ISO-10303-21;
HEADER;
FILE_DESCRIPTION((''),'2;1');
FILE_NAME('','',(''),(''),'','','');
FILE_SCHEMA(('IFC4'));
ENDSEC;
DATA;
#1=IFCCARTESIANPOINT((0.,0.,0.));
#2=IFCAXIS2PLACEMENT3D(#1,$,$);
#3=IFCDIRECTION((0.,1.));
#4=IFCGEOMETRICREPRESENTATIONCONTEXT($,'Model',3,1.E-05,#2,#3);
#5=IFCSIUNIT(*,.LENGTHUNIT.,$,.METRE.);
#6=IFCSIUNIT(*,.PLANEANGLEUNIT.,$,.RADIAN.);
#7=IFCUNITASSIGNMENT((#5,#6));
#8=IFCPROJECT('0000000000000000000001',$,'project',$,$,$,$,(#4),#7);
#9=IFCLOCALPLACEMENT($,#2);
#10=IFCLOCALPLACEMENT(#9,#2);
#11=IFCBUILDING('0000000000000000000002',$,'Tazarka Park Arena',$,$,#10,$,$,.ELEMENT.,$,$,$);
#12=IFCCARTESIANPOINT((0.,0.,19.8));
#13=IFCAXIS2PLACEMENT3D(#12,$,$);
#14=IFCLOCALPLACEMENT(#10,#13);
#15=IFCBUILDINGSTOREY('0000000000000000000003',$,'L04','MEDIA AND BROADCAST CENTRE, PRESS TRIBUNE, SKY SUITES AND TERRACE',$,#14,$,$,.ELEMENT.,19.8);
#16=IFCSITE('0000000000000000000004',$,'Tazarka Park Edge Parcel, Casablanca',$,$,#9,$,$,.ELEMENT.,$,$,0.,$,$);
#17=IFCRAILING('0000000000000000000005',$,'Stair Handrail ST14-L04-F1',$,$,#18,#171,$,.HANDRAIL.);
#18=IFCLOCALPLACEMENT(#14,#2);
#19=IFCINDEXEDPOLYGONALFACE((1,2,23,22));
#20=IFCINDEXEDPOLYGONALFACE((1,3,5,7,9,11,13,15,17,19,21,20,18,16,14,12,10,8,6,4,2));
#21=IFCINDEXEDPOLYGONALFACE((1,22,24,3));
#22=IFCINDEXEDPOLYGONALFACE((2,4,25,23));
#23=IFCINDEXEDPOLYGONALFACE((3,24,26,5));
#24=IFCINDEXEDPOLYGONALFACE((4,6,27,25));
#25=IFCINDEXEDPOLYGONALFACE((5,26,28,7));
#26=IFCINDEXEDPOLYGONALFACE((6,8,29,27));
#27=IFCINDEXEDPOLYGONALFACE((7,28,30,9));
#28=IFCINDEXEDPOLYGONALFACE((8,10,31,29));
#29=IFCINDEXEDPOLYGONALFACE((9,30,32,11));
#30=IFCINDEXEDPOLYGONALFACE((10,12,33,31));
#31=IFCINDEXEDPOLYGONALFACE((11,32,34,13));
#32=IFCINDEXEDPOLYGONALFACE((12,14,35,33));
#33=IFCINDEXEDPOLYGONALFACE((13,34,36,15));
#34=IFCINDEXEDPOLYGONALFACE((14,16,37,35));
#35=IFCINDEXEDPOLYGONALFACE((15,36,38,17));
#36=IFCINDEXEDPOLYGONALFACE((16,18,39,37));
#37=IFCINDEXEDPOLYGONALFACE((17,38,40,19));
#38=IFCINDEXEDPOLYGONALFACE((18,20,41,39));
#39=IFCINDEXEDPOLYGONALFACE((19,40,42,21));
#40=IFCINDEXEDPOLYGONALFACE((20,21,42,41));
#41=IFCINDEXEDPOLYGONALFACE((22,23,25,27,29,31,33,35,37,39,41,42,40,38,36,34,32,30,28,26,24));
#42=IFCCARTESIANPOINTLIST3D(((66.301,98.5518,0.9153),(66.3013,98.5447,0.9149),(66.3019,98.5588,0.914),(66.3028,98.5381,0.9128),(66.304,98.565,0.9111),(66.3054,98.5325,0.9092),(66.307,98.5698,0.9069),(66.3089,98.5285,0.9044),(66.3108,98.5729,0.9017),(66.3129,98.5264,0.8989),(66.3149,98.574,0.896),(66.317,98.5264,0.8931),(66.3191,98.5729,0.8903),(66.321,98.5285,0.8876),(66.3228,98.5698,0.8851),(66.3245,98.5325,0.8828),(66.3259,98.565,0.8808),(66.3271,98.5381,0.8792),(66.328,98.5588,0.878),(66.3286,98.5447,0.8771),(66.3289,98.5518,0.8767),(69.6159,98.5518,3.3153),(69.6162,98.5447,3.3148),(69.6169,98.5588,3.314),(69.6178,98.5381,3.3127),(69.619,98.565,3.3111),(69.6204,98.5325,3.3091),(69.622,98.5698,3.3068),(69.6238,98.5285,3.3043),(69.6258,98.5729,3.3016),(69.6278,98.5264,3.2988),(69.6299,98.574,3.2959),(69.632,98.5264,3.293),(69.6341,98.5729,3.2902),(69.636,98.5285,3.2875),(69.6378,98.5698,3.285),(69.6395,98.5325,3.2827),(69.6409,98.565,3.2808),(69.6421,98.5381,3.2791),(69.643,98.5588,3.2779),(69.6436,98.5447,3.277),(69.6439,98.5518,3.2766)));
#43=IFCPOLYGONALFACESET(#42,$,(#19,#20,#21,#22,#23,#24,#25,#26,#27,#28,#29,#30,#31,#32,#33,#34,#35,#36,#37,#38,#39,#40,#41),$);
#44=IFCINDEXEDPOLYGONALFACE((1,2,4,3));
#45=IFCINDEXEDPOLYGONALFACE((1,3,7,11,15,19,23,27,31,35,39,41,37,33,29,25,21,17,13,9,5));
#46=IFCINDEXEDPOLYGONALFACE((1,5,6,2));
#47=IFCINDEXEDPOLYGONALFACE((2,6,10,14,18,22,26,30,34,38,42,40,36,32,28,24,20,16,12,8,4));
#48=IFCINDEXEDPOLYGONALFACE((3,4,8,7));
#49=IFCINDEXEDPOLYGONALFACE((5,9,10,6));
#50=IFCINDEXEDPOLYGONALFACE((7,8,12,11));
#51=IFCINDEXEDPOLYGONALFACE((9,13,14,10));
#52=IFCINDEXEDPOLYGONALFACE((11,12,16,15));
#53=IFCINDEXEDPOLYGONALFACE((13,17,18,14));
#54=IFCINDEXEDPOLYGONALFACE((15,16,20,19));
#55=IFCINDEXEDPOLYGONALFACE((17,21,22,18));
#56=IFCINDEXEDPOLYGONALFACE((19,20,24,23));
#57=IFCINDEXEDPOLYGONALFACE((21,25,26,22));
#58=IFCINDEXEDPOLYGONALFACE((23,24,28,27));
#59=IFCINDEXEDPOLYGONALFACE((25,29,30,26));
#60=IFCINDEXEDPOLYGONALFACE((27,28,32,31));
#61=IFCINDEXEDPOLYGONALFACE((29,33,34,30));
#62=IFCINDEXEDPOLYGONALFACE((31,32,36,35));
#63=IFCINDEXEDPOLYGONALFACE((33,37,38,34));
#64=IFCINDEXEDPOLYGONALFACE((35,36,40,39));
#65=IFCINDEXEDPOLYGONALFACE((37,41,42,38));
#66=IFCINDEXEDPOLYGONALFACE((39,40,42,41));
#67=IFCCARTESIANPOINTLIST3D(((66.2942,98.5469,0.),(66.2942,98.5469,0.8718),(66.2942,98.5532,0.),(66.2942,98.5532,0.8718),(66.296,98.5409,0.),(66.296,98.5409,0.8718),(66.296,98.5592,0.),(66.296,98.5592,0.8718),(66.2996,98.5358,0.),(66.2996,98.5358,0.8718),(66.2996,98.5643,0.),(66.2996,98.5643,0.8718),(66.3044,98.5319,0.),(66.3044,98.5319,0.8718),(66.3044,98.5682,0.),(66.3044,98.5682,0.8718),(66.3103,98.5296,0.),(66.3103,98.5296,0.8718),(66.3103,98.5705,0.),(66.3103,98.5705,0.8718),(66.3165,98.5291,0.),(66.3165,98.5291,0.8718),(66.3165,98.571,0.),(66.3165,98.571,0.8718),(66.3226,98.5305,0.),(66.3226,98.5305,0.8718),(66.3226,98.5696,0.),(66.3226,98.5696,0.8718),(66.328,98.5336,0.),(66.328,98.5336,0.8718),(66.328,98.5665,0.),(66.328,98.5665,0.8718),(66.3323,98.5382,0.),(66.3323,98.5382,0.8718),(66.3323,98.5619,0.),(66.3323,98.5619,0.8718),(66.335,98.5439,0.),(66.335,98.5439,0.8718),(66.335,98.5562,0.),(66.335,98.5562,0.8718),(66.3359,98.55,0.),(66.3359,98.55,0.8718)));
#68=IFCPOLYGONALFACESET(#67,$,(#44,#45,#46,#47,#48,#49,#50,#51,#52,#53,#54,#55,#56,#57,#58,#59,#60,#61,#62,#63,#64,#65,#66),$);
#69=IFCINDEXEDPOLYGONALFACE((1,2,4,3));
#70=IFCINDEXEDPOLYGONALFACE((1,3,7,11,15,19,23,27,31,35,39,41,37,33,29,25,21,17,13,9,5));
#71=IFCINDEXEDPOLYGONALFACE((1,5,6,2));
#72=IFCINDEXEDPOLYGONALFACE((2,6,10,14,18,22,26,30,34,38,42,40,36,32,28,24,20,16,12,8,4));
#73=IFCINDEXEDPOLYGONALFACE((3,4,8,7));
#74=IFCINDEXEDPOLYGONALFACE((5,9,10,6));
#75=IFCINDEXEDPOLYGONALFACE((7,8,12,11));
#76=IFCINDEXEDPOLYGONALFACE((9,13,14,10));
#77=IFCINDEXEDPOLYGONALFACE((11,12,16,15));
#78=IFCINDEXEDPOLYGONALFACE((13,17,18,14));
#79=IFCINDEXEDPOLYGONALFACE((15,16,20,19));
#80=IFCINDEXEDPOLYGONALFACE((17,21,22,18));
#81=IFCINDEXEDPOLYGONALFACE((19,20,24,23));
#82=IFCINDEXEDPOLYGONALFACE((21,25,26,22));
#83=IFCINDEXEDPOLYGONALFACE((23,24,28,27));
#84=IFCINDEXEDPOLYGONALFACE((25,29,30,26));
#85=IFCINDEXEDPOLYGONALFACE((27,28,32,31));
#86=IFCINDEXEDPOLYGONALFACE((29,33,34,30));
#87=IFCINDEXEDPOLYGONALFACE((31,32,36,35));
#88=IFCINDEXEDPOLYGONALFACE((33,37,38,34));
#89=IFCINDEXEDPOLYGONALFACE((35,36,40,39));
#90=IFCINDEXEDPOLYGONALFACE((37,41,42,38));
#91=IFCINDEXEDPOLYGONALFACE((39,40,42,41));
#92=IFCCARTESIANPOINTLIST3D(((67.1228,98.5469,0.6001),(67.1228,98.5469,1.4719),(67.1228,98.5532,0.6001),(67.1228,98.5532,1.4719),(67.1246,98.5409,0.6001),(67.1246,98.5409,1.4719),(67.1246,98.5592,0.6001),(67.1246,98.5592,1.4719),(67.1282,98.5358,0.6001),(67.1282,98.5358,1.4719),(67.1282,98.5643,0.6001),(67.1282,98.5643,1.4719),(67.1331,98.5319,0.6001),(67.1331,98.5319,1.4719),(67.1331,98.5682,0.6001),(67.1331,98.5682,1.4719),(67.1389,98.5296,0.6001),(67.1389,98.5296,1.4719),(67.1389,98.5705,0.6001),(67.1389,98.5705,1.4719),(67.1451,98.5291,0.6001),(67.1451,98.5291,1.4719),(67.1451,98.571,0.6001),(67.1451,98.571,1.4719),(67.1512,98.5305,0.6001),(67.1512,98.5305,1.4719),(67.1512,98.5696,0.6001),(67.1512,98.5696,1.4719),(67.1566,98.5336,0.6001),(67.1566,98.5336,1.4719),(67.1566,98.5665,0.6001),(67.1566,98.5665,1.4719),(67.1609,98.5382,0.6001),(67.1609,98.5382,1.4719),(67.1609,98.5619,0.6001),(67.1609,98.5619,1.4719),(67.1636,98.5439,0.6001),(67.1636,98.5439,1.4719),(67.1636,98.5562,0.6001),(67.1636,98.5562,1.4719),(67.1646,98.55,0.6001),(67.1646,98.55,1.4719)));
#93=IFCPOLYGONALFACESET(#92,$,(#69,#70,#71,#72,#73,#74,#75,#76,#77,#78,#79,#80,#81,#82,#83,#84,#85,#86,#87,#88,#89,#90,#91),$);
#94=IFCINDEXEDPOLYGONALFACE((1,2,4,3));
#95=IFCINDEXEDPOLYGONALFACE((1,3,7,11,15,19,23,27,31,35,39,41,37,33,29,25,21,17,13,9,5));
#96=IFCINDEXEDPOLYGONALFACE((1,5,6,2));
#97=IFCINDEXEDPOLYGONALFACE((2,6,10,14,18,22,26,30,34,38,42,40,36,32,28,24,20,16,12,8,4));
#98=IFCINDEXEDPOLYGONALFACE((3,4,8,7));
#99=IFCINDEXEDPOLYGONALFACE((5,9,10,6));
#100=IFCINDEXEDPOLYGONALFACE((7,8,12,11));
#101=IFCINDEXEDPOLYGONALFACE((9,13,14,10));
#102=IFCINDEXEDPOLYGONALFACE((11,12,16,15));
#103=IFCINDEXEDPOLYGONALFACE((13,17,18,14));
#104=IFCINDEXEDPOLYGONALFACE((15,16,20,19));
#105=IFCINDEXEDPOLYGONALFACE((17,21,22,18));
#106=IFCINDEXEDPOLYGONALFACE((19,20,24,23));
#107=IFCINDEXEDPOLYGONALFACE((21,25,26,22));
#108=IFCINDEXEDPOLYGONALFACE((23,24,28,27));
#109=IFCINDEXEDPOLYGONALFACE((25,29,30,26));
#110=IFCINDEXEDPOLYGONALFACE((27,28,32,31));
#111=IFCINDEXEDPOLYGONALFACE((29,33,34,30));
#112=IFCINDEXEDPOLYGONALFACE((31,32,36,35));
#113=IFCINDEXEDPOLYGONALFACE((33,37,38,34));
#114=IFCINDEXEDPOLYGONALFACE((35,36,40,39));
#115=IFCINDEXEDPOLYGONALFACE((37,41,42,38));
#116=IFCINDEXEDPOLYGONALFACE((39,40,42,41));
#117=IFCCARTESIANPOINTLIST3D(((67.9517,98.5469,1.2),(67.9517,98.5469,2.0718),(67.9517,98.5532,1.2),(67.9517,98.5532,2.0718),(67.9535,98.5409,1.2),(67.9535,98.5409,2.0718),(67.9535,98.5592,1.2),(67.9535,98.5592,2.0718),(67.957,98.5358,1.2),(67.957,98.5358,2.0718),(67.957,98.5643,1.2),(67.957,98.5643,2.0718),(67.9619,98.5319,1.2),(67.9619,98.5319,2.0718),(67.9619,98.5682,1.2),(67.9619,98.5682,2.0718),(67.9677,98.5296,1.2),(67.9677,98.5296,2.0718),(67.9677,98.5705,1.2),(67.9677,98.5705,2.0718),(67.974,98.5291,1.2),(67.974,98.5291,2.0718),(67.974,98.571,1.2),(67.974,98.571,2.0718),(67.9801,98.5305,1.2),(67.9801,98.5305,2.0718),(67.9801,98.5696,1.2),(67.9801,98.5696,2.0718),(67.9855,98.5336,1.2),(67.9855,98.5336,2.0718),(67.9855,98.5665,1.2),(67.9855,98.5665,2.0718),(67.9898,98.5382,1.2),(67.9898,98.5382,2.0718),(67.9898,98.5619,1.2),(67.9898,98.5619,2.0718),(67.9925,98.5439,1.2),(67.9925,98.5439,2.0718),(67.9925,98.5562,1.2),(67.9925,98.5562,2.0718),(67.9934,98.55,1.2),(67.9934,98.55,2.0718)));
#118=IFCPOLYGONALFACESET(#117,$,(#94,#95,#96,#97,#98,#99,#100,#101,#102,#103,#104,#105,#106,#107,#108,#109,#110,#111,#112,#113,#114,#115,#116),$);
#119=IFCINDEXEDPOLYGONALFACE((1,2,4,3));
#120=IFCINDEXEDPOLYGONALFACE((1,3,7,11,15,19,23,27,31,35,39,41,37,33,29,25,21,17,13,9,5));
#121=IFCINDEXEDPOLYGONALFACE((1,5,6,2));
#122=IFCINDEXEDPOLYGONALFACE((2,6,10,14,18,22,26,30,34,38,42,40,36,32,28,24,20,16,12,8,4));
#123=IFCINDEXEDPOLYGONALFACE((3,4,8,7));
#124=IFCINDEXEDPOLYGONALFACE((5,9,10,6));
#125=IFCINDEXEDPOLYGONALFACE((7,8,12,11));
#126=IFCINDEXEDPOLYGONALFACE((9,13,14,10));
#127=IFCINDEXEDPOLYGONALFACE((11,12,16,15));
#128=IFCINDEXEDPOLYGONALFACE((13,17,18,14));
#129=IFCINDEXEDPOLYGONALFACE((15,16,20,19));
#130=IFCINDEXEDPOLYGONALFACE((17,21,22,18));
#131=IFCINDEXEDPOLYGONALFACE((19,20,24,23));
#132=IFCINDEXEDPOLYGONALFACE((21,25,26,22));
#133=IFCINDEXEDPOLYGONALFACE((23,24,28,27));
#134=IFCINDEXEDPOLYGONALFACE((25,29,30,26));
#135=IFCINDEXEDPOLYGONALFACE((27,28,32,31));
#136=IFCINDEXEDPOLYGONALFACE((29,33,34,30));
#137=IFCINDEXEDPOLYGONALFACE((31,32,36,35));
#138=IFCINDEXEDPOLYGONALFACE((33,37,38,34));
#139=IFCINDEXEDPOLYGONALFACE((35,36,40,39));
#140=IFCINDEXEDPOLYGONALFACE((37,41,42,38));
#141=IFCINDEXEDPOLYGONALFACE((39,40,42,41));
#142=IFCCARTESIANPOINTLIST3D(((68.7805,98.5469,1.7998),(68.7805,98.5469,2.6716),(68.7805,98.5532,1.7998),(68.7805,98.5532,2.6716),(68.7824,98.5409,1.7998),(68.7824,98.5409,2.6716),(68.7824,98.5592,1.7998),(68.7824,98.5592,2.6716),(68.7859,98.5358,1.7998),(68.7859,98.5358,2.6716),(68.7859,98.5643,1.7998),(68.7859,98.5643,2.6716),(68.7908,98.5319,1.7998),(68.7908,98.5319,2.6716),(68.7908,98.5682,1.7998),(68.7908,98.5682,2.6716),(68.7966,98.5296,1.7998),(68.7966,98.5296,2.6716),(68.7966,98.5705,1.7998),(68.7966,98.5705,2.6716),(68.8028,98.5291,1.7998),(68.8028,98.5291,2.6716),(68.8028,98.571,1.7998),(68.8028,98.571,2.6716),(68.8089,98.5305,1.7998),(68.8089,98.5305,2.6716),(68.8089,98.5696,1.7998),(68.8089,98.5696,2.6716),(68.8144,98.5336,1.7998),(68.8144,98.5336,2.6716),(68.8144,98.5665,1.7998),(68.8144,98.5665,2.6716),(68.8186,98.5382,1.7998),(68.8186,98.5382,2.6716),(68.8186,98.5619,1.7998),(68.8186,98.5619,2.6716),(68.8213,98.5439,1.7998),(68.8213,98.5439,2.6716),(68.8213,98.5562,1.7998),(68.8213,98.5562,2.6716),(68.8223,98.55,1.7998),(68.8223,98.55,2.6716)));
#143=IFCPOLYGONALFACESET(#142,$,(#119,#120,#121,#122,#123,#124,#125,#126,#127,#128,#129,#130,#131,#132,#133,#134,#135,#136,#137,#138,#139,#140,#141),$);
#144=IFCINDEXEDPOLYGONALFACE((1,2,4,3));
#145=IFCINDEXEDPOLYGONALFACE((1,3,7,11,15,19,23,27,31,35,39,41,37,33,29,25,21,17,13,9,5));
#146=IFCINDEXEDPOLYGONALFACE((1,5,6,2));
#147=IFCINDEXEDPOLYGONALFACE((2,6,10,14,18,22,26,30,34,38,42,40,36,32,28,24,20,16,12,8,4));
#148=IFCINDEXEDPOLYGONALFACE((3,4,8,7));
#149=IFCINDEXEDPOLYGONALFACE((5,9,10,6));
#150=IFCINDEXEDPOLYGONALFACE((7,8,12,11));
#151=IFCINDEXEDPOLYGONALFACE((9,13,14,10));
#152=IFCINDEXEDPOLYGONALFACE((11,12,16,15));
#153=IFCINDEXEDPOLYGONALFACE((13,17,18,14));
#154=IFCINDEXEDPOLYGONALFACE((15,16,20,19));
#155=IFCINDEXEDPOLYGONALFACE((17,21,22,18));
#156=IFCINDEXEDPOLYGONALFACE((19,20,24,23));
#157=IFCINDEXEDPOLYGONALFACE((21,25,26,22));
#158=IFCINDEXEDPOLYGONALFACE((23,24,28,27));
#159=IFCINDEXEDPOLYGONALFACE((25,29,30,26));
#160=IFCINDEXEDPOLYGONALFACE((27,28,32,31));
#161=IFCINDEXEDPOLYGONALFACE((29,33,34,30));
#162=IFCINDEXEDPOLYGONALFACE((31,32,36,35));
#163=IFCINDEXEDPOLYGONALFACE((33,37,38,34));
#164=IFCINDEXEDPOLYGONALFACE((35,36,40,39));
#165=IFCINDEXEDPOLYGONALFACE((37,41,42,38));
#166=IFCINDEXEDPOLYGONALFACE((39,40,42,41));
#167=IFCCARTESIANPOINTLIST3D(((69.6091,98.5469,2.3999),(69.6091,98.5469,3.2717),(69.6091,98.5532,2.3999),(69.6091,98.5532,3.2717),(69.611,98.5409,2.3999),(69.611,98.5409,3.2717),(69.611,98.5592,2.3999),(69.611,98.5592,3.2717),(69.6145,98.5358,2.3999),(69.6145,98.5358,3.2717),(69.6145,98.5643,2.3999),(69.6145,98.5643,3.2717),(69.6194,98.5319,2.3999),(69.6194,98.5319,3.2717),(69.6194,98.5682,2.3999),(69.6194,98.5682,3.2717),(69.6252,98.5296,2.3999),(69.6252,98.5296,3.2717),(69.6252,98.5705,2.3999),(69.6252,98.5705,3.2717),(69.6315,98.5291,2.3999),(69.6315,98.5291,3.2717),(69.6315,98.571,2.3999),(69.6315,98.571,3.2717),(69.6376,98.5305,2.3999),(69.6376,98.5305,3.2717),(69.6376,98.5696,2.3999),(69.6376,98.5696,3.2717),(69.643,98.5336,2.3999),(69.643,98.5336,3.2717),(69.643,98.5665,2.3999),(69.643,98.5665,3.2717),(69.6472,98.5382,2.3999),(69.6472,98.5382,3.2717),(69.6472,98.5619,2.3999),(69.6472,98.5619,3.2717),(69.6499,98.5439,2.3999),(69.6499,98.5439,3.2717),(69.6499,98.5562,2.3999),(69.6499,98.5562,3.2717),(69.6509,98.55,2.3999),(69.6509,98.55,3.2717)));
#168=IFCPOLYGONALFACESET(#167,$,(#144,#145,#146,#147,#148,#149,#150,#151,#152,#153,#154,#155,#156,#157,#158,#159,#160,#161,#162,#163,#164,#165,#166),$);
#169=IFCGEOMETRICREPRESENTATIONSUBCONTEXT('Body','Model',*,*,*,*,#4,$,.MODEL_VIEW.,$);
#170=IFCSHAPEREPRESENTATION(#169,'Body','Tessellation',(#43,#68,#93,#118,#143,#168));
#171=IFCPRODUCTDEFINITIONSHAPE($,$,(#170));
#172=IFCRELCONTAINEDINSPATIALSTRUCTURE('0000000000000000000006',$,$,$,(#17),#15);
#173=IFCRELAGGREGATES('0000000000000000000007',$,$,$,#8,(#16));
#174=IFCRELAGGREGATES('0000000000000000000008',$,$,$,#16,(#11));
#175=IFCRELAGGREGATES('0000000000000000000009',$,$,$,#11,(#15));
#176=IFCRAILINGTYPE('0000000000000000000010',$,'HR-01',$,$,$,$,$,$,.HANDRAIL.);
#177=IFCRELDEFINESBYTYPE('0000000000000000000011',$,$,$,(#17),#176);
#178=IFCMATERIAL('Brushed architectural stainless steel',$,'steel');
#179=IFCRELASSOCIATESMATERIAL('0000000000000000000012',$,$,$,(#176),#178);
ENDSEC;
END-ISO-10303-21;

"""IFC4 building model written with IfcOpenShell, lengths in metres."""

from ifc_helpers import new_model, si_unit, direction, frame, origin, origin_2d, place, context, subcontext, project, spatial, circle, extrude, material, type_object, element, save


model = new_model("IFC4")

# Units and contexts
model_context = context("Model", 3, precision=1e-05, world=origin(), true_north=direction((0.0, 1.0)))
body_context = subcontext(model_context, "Body", "Model", "MODEL_VIEW")
ifc_project = project(units=[si_unit("LENGTHUNIT", "METRE"), si_unit("PLANEANGLEUNIT", "RADIAN")], contexts=[model_context])

# Site, building, storey
site_placement = place(None, origin())
site = spatial("IfcSite", under=ifc_project, at=site_placement, Name="Tazarka Park Edge Parcel, Casablanca", CompositionType="ELEMENT", RefElevation=0.0)
building_placement = place(site_placement, origin())
building = spatial("IfcBuilding", under=site, at=building_placement, Name="Tazarka Park Arena", CompositionType="ELEMENT")
storey_placement = place(building_placement, frame((0.0, 0.0, 19.8)))
storey = spatial("IfcBuildingStorey", under=building, at=storey_placement, Name="L04", Description="MEDIA AND BROADCAST CENTRE, PRESS TRIBUNE, SKY SUITES AND TERRACE", CompositionType="ELEMENT", Elevation=19.8)

# Railing
ifc_material_1 = material(Name="Brushed architectural stainless steel", Category="steel")
railing_type_1 = type_object("IfcRailingType", Name="HR-01", PredefinedType="HANDRAIL", material=ifc_material_1)
railing_1_placement = place(storey_placement, frame((66.3149, 98.55, 0.0)))
element("IfcRailing", 1, at=railing_1_placement, inside=storey, type_object=railing_type_1, Name="Stair Handrail ST14-L04-F1", PredefinedType="HANDRAIL", context=body_context, shape_type="SweptSolid", body=[
    extrude(circle(Radius=0.0239, at=origin_2d()), frame((0.0, 0.0, 0.896), z_axis=(0.810009, 0.0, 0.586418), x_axis=(0.0, 1.0, 0.0)), (0.0, 0.0, 1.0), 4.0925),
    extrude(circle(Radius=0.021, at=origin_2d()), origin(), (0.0, 0.0, 1.0), 0.8718),
    extrude(circle(Radius=0.021, at=origin_2d()), frame((0.8286, 0.0, 0.6001)), (0.0, 0.0, 1.0), 0.8718),
    extrude(circle(Radius=0.021, at=origin_2d()), frame((1.6575, 0.0, 1.2)), (0.0, 0.0, 1.0), 0.8718),
    extrude(circle(Radius=0.021, at=origin_2d()), frame((2.4863, 0.0, 1.7998)), (0.0, 0.0, 1.0), 0.8718),
    extrude(circle(Radius=0.021, at=origin_2d()), frame((3.3149, 0.0, 2.3999)), (0.0, 0.0, 1.0), 0.8718),
])

save(model, "model.ifc")
